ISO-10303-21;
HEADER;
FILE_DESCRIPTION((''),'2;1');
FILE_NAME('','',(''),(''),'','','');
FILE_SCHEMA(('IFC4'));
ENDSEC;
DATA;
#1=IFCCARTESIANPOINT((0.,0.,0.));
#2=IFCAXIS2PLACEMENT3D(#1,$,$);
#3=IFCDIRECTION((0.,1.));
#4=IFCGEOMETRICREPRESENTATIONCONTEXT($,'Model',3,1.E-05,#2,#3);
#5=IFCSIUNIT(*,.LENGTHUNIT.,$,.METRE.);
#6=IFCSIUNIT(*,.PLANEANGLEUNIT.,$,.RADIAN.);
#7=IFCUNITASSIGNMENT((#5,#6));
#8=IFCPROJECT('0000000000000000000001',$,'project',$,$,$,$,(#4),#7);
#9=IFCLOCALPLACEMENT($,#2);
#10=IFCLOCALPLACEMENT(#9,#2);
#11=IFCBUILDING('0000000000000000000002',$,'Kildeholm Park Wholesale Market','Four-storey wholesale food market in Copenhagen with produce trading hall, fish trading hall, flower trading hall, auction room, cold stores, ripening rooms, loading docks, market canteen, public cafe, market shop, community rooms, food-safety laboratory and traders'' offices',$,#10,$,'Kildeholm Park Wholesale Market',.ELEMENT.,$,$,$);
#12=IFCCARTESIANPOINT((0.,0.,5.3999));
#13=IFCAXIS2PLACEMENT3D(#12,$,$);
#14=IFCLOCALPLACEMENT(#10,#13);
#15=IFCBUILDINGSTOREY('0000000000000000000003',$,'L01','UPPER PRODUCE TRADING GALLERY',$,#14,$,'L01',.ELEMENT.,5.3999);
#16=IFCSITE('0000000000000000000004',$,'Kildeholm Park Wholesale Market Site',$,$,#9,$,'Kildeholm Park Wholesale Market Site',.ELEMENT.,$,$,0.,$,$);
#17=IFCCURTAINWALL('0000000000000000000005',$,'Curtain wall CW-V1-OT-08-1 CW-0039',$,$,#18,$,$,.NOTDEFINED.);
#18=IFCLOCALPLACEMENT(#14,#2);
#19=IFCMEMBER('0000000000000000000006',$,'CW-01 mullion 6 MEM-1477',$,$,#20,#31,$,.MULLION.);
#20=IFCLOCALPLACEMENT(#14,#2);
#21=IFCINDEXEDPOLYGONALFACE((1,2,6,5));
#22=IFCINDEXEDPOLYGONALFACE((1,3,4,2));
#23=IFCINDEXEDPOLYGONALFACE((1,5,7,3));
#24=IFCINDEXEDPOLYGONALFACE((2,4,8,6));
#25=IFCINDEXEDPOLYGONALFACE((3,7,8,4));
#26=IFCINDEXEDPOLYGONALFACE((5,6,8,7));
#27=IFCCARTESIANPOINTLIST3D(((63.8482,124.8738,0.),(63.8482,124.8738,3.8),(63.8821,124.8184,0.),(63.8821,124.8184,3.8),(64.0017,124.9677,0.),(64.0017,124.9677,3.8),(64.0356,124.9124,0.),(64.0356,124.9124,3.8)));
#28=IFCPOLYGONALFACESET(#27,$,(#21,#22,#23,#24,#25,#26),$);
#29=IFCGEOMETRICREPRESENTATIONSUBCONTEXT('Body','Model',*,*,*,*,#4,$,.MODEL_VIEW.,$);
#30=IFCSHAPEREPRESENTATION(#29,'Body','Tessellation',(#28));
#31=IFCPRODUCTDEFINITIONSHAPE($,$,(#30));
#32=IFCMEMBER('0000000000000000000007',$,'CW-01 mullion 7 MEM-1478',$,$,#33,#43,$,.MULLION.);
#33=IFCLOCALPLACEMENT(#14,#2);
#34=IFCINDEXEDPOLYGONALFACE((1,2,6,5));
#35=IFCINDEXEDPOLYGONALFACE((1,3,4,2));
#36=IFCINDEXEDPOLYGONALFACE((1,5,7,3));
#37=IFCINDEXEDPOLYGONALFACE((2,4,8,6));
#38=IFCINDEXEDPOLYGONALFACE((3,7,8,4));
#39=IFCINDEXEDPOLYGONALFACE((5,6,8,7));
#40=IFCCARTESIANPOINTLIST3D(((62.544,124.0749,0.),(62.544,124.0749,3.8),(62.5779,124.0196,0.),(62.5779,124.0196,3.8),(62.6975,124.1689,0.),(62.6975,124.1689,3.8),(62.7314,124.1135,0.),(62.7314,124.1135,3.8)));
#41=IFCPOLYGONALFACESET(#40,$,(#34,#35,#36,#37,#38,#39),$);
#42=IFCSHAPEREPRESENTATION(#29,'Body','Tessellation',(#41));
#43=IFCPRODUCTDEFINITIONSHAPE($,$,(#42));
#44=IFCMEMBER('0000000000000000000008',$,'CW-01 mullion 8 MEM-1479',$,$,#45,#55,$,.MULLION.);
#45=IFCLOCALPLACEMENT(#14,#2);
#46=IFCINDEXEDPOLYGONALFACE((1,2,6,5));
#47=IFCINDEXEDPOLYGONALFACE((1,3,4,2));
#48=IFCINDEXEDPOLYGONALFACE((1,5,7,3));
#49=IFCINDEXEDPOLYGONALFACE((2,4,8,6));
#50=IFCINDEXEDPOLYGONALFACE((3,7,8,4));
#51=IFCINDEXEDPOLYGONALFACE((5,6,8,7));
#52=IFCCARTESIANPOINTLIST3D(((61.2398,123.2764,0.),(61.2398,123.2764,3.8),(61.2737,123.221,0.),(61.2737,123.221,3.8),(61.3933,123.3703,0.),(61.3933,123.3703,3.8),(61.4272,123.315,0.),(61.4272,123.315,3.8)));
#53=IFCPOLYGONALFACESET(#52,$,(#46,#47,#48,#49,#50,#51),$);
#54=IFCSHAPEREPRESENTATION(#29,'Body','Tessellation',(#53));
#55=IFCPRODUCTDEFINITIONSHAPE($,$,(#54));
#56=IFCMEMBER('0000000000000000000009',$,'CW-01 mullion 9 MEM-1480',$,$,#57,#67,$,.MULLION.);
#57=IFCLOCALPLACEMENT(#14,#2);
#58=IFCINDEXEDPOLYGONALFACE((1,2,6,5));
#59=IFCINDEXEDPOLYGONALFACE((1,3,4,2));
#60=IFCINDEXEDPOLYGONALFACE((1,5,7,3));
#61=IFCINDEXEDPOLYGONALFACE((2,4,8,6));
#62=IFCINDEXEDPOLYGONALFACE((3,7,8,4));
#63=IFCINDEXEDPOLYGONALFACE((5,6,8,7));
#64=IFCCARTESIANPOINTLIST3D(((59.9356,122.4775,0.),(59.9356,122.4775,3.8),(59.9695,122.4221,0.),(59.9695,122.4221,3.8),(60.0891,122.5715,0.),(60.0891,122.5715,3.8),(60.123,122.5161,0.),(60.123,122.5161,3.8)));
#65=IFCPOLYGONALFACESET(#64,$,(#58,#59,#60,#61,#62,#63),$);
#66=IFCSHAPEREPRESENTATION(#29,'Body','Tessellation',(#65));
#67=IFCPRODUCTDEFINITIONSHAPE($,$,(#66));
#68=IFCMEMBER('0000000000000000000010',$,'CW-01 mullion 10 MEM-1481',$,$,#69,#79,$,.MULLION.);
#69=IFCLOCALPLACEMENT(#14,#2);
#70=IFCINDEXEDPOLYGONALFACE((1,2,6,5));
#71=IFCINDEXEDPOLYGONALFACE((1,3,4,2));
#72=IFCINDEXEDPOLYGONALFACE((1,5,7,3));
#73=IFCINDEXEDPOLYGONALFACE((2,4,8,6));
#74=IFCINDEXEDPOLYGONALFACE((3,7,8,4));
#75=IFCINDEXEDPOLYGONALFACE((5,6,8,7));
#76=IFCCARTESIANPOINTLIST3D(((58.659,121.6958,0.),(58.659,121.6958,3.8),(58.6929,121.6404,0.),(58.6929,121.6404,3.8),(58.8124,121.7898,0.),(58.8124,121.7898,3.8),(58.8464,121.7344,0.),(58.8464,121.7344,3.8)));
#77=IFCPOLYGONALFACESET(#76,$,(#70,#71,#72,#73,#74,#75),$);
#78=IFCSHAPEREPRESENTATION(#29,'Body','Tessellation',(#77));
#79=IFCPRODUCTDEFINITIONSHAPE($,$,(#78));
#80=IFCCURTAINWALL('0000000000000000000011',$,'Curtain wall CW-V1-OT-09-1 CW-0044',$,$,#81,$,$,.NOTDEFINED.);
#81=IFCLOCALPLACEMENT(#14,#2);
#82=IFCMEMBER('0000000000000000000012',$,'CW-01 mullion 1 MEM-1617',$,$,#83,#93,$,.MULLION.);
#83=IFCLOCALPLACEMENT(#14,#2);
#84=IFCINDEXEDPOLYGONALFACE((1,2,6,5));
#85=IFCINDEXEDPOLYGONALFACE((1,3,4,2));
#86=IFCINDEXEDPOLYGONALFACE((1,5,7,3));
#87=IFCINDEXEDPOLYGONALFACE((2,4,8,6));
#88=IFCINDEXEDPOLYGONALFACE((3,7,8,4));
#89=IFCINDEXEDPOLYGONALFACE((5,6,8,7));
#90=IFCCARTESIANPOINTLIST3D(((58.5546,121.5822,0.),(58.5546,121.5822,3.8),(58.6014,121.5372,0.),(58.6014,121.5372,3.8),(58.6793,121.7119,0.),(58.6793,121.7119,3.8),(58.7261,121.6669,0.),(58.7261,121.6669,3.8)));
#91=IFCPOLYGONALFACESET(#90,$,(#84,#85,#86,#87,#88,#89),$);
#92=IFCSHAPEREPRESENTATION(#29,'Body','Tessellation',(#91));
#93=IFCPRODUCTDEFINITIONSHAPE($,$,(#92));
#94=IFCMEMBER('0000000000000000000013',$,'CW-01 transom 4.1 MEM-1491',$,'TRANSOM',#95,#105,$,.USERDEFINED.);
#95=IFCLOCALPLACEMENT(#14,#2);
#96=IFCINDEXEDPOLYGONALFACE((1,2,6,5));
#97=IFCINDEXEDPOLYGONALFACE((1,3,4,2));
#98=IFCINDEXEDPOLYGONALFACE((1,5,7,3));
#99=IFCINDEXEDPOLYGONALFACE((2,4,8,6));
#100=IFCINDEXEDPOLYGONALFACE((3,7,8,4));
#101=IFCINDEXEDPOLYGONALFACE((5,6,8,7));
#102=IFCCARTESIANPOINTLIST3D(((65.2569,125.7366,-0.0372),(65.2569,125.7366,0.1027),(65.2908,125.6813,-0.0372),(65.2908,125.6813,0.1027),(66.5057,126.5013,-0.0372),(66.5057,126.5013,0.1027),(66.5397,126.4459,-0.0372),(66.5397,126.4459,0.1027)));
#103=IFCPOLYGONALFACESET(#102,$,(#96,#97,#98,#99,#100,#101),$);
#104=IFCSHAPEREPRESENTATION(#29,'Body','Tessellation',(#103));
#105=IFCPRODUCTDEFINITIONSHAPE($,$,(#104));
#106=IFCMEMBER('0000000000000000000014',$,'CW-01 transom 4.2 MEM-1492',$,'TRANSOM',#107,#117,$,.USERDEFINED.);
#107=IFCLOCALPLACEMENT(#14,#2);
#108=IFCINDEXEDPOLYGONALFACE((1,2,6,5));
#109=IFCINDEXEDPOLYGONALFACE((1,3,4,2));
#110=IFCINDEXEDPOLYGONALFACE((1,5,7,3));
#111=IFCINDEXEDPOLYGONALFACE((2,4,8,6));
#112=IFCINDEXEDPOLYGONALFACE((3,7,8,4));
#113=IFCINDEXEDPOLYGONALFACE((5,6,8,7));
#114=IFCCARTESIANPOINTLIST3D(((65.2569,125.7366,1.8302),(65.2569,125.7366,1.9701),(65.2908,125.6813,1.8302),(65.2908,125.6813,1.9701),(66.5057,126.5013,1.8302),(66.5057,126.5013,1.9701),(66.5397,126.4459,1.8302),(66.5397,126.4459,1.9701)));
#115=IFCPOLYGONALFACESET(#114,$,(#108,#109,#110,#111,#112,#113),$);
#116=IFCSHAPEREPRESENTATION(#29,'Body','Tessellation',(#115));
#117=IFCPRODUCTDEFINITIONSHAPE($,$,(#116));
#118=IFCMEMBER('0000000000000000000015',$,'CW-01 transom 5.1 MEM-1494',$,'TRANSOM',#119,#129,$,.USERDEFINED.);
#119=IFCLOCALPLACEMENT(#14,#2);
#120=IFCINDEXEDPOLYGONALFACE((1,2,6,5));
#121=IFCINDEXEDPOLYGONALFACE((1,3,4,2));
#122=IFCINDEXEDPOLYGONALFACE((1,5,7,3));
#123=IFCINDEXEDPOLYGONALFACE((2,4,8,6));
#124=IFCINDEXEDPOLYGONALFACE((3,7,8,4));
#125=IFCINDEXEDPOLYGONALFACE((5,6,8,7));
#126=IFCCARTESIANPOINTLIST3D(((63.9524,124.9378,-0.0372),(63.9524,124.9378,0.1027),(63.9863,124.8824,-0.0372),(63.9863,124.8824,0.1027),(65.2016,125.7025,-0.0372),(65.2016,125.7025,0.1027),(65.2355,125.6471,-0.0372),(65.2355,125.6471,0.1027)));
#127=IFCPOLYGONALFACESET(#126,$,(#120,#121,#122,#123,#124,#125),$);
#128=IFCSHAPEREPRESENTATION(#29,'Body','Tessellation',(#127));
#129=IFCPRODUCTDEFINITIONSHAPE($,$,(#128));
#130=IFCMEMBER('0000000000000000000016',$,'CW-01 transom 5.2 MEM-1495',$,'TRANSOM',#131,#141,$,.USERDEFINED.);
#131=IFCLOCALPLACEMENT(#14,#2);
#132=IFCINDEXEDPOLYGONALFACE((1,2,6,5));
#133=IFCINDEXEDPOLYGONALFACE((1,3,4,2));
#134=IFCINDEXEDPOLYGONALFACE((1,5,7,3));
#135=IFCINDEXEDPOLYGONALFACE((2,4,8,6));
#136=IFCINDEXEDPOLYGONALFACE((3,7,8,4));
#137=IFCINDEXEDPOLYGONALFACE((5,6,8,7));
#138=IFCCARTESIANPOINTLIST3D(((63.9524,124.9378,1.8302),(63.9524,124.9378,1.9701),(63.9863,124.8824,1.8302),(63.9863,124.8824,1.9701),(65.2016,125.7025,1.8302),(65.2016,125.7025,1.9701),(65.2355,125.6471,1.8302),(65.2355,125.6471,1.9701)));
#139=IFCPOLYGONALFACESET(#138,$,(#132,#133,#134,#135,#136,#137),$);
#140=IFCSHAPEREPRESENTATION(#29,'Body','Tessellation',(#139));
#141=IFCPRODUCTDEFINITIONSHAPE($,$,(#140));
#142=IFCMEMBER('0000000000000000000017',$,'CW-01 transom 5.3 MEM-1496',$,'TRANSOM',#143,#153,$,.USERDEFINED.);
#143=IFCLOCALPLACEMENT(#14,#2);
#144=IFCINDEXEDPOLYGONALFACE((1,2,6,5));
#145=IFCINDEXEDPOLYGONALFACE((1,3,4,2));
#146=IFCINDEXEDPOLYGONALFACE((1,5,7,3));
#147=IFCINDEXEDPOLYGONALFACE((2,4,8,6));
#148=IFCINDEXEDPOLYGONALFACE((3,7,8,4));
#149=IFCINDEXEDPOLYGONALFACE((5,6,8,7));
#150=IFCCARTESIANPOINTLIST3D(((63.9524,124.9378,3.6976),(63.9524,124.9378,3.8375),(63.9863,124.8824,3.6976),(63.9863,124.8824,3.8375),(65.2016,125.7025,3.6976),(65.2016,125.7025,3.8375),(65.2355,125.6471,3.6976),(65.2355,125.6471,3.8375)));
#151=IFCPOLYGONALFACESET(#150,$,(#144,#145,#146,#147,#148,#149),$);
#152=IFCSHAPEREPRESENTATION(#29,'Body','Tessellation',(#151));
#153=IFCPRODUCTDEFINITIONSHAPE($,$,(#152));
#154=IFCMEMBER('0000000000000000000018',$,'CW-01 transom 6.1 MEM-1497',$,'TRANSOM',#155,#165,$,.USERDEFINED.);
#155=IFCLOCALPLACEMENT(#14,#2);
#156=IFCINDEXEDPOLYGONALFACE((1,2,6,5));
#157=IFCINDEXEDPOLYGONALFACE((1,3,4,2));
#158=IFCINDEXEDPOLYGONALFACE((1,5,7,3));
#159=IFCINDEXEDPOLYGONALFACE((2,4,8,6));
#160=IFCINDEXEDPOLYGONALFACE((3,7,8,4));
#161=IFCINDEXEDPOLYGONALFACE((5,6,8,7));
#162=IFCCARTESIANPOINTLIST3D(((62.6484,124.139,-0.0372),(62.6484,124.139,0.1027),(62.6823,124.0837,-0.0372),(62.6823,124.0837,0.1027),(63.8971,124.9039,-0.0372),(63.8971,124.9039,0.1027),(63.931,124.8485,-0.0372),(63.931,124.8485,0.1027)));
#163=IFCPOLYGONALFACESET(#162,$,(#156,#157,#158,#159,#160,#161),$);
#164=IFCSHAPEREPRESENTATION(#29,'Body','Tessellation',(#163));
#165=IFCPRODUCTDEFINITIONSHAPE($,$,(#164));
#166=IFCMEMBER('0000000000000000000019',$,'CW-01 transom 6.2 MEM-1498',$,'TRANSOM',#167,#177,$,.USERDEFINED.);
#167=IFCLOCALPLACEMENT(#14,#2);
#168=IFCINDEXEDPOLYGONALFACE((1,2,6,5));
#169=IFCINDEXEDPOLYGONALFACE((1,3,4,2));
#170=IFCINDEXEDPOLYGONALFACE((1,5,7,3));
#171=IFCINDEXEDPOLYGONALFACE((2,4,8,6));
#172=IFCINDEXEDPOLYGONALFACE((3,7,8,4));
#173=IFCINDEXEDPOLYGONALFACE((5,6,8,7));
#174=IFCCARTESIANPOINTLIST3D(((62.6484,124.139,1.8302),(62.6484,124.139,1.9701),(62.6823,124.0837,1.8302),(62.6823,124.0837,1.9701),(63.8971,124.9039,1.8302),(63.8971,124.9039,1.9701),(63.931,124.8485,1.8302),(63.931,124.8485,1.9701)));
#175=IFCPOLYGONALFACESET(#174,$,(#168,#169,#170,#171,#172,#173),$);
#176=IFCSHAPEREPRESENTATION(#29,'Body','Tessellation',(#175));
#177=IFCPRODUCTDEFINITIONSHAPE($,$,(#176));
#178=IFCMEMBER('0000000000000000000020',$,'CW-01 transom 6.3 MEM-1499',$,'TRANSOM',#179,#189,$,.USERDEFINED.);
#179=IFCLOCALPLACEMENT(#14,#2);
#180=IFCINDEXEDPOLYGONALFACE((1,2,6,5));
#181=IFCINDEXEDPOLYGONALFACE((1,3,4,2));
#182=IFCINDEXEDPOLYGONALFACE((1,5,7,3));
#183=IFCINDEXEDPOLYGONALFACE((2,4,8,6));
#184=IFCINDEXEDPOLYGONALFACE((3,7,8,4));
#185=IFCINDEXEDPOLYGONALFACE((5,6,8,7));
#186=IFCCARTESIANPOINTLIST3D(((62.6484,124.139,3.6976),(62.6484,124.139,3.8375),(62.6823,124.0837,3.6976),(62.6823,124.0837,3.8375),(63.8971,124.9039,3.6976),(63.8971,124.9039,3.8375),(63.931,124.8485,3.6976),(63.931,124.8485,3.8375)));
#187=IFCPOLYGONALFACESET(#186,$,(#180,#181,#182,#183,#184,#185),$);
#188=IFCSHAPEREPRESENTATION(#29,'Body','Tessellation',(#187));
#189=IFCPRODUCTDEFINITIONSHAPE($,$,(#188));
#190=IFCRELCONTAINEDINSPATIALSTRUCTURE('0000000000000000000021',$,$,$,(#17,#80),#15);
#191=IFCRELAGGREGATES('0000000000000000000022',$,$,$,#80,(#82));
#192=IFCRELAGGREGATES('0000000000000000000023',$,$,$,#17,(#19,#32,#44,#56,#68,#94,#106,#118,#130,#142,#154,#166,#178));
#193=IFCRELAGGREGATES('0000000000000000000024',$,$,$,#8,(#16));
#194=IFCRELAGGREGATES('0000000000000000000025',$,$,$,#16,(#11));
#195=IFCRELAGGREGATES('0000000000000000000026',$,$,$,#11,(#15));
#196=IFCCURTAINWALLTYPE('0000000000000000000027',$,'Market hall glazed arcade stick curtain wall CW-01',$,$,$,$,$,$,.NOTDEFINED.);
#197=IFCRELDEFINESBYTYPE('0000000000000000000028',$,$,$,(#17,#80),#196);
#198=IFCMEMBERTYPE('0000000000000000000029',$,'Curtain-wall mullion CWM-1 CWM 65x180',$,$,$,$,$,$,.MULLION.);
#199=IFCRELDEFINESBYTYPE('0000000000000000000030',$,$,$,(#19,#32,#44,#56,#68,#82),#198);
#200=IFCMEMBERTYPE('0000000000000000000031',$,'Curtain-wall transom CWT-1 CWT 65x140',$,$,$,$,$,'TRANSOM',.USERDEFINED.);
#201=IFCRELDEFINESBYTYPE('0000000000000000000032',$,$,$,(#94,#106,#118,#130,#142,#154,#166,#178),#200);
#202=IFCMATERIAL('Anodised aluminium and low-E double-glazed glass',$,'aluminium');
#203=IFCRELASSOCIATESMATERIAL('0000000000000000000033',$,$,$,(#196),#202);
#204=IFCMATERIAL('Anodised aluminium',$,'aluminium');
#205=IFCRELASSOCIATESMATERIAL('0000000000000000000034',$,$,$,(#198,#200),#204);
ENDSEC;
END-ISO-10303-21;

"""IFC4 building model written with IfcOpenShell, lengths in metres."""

from ifc_helpers import new_model, si_unit, direction, frame, origin, origin_2d, place, context, subcontext, project, spatial, rectangle, extrude, material, material_profile, profile_set, type_object, element, aggregate, save


model = new_model("IFC4")

# Units and contexts
model_context = context("Model", 3, precision=1e-05, world=origin(), true_north=direction((0.0, 1.0)))
body_context = subcontext(model_context, "Body", "Model", "MODEL_VIEW")
ifc_project = project(units=[si_unit("LENGTHUNIT", "METRE"), si_unit("PLANEANGLEUNIT", "RADIAN")], contexts=[model_context])

# Site, building, storey
site_placement = place(None, origin())
site = spatial("IfcSite", under=ifc_project, at=site_placement, Name="Kildeholm Park Wholesale Market Site", LongName="Kildeholm Park Wholesale Market Site", CompositionType="ELEMENT", RefElevation=0.0)
building_placement = place(site_placement, origin())
building = spatial("IfcBuilding", under=site, at=building_placement, Name="Kildeholm Park Wholesale Market", Description="Four-storey wholesale food market in Copenhagen with produce trading hall, fish trading hall, flower trading hall, auction room, cold stores, ripening rooms, loading docks, market canteen, public cafe, market shop, community rooms, food-safety laboratory and traders' offices", LongName="Kildeholm Park Wholesale Market", CompositionType="ELEMENT")
storey_placement = place(building_placement, frame((0.0, 0.0, 5.3999)))
storey = spatial("IfcBuildingStorey", under=building, at=storey_placement, Name="L01", Description="UPPER PRODUCE TRADING GALLERY", LongName="L01", CompositionType="ELEMENT", Elevation=5.3999)

# Curtain wall, members
ifc_material_1 = material(Name="Anodised aluminium and low-E double-glazed glass", Category="aluminium")
curtain_wall_type = type_object("IfcCurtainWallType", Name="Market hall glazed arcade stick curtain wall CW-01", PredefinedType="NOTDEFINED", material=ifc_material_1)
curtain_wall_1_placement = place(storey_placement, origin())
curtain_wall_1 = element("IfcCurtainWall", 1, at=curtain_wall_1_placement, inside=storey, type_object=curtain_wall_type, Name="Curtain wall CW-V1-OT-08-1 CW-0039", PredefinedType="NOTDEFINED")
ifc_material_2 = material(Name="Anodised aluminium", Category="aluminium")
ifc_material_profile_1 = material_profile(ifc_material_2, rectangle(XDim=0.0649, YDim=0.1799, at=origin_2d()), Name="CWM 65x180")
ifc_profile_set_1 = profile_set([ifc_material_profile_1], Name="Anodised aluminium")
member_type_1 = type_object("IfcMemberType", Name="Curtain-wall mullion CWM-1 CWM 65x180", PredefinedType="MULLION", material=ifc_profile_set_1)
member_1_placement = place(storey_placement, frame((63.9419, 124.8931, 0.0), z_axis=(0.0, 0.0, 1.0), x_axis=(0.522284, -0.852771, 0.0)))
member_1 = element("IfcMember", 2, at=member_1_placement, type_object=member_type_1, Name="CW-01 mullion 6 MEM-1477", PredefinedType="MULLION", context=body_context, shape_type="SweptSolid", body=[
    extrude(rectangle(XDim=0.0649, YDim=0.1799, at=origin_2d()), origin(), (0.0, 0.0, 1.0), 3.8),
])
member_2_placement = place(storey_placement, frame((62.6377, 124.0942, 0.0), z_axis=(0.0, 0.0, 1.0), x_axis=(0.522284, -0.852771, 0.0)))
member_2 = element("IfcMember", 3, at=member_2_placement, type_object=member_type_1, Name="CW-01 mullion 7 MEM-1478", PredefinedType="MULLION", context=body_context, shape_type="SweptSolid", body=[
    extrude(rectangle(XDim=0.0649, YDim=0.1799, at=origin_2d()), origin(), (0.0, 0.0, 1.0), 3.8),
])
member_3_placement = place(storey_placement, frame((61.3335, 123.2957, 0.0), z_axis=(0.0, 0.0, 1.0), x_axis=(0.522284, -0.852771, 0.0)))
member_3 = element("IfcMember", 4, at=member_3_placement, type_object=member_type_1, Name="CW-01 mullion 8 MEM-1479", PredefinedType="MULLION", context=body_context, shape_type="SweptSolid", body=[
    extrude(rectangle(XDim=0.0649, YDim=0.1799, at=origin_2d()), origin(), (0.0, 0.0, 1.0), 3.8),
])
member_4_placement = place(storey_placement, frame((60.0293, 122.4968, 0.0), z_axis=(0.0, 0.0, 1.0), x_axis=(0.522284, -0.852771, 0.0)))
member_4 = element("IfcMember", 5, at=member_4_placement, type_object=member_type_1, Name="CW-01 mullion 9 MEM-1480", PredefinedType="MULLION", context=body_context, shape_type="SweptSolid", body=[
    extrude(rectangle(XDim=0.0649, YDim=0.1799, at=origin_2d()), origin(), (0.0, 0.0, 1.0), 3.8),
])
member_5_placement = place(storey_placement, frame((58.7527, 121.7151, 0.0), z_axis=(0.0, 0.0, 1.0), x_axis=(0.522284, -0.852771, 0.0)))
member_5 = element("IfcMember", 6, at=member_5_placement, type_object=member_type_1, Name="CW-01 mullion 10 MEM-1481", PredefinedType="MULLION", context=body_context, shape_type="SweptSolid", body=[
    extrude(rectangle(XDim=0.0649, YDim=0.1799, at=origin_2d()), origin(), (0.0, 0.0, 1.0), 3.8),
])

# Curtain wall, member
curtain_wall_2_placement = place(storey_placement, origin())
curtain_wall_2 = element("IfcCurtainWall", 7, at=curtain_wall_2_placement, inside=storey, type_object=curtain_wall_type, Name="Curtain wall CW-V1-OT-09-1 CW-0044", PredefinedType="NOTDEFINED")
member_6_placement = place(storey_placement, frame((58.6404, 121.6245, 0.0), z_axis=(0.0, 0.0, 1.0), x_axis=(0.720901, -0.693038, 0.0)))
member_6 = element("IfcMember", 8, at=member_6_placement, type_object=member_type_1, Name="CW-01 mullion 1 MEM-1617", PredefinedType="MULLION", context=body_context, shape_type="SweptSolid", body=[
    extrude(rectangle(XDim=0.0649, YDim=0.1799, at=origin_2d()), origin(), (0.0, 0.0, 1.0), 3.8),
])
aggregate(curtain_wall_2, [member_6])

# Members
ifc_material_profile_2 = material_profile(ifc_material_2, rectangle(XDim=0.0649, YDim=0.1399, at=origin_2d()), Name="CWT 65x140")
ifc_profile_set_2 = profile_set([ifc_material_profile_2], Name="Anodised aluminium")
member_type_2 = type_object("IfcMemberType", Name="Curtain-wall transom CWT-1 CWT 65x140", ElementType="TRANSOM", PredefinedType="USERDEFINED", material=ifc_profile_set_2)
member_7_placement = place(storey_placement, frame((66.5227, 126.4736, 0.0327), z_axis=(-0.852824, -0.522198, 0.0), x_axis=(0.522198, -0.852824, 0.0)))
member_7 = element("IfcMember", 9, at=member_7_placement, type_object=member_type_2, Name="CW-01 transom 4.1 MEM-1491", ObjectType="TRANSOM", PredefinedType="USERDEFINED", context=body_context, shape_type="SweptSolid", body=[
    extrude(rectangle(XDim=0.0649, YDim=0.1399, at=origin_2d()), origin(), (0.0, 0.0, 1.0), 1.4644),
])
member_8_placement = place(storey_placement, frame((66.5227, 126.4736, 1.9001), z_axis=(-0.852824, -0.522198, 0.0), x_axis=(0.522198, -0.852824, 0.0)))
member_8 = element("IfcMember", 10, at=member_8_placement, type_object=member_type_2, Name="CW-01 transom 4.2 MEM-1492", ObjectType="TRANSOM", PredefinedType="USERDEFINED", context=body_context, shape_type="SweptSolid", body=[
    extrude(rectangle(XDim=0.0649, YDim=0.1399, at=origin_2d()), origin(), (0.0, 0.0, 1.0), 1.4644),
])
member_9_placement = place(storey_placement, frame((65.2185, 125.6748, 0.0327), z_axis=(-0.852869, -0.522124, 0.0), x_axis=(0.522124, -0.852869, 0.0)))
member_9 = element("IfcMember", 11, at=member_9_placement, type_object=member_type_2, Name="CW-01 transom 5.1 MEM-1494", ObjectType="TRANSOM", PredefinedType="USERDEFINED", context=body_context, shape_type="SweptSolid", body=[
    extrude(rectangle(XDim=0.0649, YDim=0.1399, at=origin_2d()), origin(), (0.0, 0.0, 1.0), 1.4646),
])
member_10_placement = place(storey_placement, frame((65.2185, 125.6748, 1.9001), z_axis=(-0.852869, -0.522124, 0.0), x_axis=(0.522124, -0.852869, 0.0)))
member_10 = element("IfcMember", 12, at=member_10_placement, type_object=member_type_2, Name="CW-01 transom 5.2 MEM-1495", ObjectType="TRANSOM", PredefinedType="USERDEFINED", context=body_context, shape_type="SweptSolid", body=[
    extrude(rectangle(XDim=0.0649, YDim=0.1399, at=origin_2d()), origin(), (0.0, 0.0, 1.0), 1.4646),
])
member_11_placement = place(storey_placement, frame((65.2185, 125.6748, 3.7676), z_axis=(-0.852869, -0.522124, 0.0), x_axis=(0.522124, -0.852869, 0.0)))
member_11 = element("IfcMember", 13, at=member_11_placement, type_object=member_type_2, Name="CW-01 transom 5.3 MEM-1496", ObjectType="TRANSOM", PredefinedType="USERDEFINED", context=body_context, shape_type="SweptSolid", body=[
    extrude(rectangle(XDim=0.0649, YDim=0.1399, at=origin_2d()), origin(), (0.0, 0.0, 1.0), 1.4646),
])
member_12_placement = place(storey_placement, frame((63.9141, 124.8762, 0.0327), z_axis=(-0.85275, -0.52232, 0.0), x_axis=(0.52232, -0.85275, 0.0)))
member_12 = element("IfcMember", 14, at=member_12_placement, type_object=member_type_2, Name="CW-01 transom 6.1 MEM-1497", ObjectType="TRANSOM", PredefinedType="USERDEFINED", context=body_context, shape_type="SweptSolid", body=[
    extrude(rectangle(XDim=0.0649, YDim=0.1399, at=origin_2d()), origin(), (0.0, 0.0, 1.0), 1.4644),
])
member_13_placement = place(storey_placement, frame((63.9141, 124.8762, 1.9001), z_axis=(-0.85275, -0.52232, 0.0), x_axis=(0.52232, -0.85275, 0.0)))
member_13 = element("IfcMember", 15, at=member_13_placement, type_object=member_type_2, Name="CW-01 transom 6.2 MEM-1498", ObjectType="TRANSOM", PredefinedType="USERDEFINED", context=body_context, shape_type="SweptSolid", body=[
    extrude(rectangle(XDim=0.0649, YDim=0.1399, at=origin_2d()), origin(), (0.0, 0.0, 1.0), 1.4644),
])
member_14_placement = place(storey_placement, frame((63.9141, 124.8762, 3.7676), z_axis=(-0.85275, -0.52232, 0.0), x_axis=(0.52232, -0.85275, 0.0)))
member_14 = element("IfcMember", 16, at=member_14_placement, type_object=member_type_2, Name="CW-01 transom 6.3 MEM-1499", ObjectType="TRANSOM", PredefinedType="USERDEFINED", context=body_context, shape_type="SweptSolid", body=[
    extrude(rectangle(XDim=0.0649, YDim=0.1399, at=origin_2d()), origin(), (0.0, 0.0, 1.0), 1.4644),
])

aggregate(curtain_wall_1, [member_1, member_2, member_3, member_4, member_5, member_7, member_8, member_9, member_10, member_11, member_12, member_13, member_14])

save(model, "model.ifc")
